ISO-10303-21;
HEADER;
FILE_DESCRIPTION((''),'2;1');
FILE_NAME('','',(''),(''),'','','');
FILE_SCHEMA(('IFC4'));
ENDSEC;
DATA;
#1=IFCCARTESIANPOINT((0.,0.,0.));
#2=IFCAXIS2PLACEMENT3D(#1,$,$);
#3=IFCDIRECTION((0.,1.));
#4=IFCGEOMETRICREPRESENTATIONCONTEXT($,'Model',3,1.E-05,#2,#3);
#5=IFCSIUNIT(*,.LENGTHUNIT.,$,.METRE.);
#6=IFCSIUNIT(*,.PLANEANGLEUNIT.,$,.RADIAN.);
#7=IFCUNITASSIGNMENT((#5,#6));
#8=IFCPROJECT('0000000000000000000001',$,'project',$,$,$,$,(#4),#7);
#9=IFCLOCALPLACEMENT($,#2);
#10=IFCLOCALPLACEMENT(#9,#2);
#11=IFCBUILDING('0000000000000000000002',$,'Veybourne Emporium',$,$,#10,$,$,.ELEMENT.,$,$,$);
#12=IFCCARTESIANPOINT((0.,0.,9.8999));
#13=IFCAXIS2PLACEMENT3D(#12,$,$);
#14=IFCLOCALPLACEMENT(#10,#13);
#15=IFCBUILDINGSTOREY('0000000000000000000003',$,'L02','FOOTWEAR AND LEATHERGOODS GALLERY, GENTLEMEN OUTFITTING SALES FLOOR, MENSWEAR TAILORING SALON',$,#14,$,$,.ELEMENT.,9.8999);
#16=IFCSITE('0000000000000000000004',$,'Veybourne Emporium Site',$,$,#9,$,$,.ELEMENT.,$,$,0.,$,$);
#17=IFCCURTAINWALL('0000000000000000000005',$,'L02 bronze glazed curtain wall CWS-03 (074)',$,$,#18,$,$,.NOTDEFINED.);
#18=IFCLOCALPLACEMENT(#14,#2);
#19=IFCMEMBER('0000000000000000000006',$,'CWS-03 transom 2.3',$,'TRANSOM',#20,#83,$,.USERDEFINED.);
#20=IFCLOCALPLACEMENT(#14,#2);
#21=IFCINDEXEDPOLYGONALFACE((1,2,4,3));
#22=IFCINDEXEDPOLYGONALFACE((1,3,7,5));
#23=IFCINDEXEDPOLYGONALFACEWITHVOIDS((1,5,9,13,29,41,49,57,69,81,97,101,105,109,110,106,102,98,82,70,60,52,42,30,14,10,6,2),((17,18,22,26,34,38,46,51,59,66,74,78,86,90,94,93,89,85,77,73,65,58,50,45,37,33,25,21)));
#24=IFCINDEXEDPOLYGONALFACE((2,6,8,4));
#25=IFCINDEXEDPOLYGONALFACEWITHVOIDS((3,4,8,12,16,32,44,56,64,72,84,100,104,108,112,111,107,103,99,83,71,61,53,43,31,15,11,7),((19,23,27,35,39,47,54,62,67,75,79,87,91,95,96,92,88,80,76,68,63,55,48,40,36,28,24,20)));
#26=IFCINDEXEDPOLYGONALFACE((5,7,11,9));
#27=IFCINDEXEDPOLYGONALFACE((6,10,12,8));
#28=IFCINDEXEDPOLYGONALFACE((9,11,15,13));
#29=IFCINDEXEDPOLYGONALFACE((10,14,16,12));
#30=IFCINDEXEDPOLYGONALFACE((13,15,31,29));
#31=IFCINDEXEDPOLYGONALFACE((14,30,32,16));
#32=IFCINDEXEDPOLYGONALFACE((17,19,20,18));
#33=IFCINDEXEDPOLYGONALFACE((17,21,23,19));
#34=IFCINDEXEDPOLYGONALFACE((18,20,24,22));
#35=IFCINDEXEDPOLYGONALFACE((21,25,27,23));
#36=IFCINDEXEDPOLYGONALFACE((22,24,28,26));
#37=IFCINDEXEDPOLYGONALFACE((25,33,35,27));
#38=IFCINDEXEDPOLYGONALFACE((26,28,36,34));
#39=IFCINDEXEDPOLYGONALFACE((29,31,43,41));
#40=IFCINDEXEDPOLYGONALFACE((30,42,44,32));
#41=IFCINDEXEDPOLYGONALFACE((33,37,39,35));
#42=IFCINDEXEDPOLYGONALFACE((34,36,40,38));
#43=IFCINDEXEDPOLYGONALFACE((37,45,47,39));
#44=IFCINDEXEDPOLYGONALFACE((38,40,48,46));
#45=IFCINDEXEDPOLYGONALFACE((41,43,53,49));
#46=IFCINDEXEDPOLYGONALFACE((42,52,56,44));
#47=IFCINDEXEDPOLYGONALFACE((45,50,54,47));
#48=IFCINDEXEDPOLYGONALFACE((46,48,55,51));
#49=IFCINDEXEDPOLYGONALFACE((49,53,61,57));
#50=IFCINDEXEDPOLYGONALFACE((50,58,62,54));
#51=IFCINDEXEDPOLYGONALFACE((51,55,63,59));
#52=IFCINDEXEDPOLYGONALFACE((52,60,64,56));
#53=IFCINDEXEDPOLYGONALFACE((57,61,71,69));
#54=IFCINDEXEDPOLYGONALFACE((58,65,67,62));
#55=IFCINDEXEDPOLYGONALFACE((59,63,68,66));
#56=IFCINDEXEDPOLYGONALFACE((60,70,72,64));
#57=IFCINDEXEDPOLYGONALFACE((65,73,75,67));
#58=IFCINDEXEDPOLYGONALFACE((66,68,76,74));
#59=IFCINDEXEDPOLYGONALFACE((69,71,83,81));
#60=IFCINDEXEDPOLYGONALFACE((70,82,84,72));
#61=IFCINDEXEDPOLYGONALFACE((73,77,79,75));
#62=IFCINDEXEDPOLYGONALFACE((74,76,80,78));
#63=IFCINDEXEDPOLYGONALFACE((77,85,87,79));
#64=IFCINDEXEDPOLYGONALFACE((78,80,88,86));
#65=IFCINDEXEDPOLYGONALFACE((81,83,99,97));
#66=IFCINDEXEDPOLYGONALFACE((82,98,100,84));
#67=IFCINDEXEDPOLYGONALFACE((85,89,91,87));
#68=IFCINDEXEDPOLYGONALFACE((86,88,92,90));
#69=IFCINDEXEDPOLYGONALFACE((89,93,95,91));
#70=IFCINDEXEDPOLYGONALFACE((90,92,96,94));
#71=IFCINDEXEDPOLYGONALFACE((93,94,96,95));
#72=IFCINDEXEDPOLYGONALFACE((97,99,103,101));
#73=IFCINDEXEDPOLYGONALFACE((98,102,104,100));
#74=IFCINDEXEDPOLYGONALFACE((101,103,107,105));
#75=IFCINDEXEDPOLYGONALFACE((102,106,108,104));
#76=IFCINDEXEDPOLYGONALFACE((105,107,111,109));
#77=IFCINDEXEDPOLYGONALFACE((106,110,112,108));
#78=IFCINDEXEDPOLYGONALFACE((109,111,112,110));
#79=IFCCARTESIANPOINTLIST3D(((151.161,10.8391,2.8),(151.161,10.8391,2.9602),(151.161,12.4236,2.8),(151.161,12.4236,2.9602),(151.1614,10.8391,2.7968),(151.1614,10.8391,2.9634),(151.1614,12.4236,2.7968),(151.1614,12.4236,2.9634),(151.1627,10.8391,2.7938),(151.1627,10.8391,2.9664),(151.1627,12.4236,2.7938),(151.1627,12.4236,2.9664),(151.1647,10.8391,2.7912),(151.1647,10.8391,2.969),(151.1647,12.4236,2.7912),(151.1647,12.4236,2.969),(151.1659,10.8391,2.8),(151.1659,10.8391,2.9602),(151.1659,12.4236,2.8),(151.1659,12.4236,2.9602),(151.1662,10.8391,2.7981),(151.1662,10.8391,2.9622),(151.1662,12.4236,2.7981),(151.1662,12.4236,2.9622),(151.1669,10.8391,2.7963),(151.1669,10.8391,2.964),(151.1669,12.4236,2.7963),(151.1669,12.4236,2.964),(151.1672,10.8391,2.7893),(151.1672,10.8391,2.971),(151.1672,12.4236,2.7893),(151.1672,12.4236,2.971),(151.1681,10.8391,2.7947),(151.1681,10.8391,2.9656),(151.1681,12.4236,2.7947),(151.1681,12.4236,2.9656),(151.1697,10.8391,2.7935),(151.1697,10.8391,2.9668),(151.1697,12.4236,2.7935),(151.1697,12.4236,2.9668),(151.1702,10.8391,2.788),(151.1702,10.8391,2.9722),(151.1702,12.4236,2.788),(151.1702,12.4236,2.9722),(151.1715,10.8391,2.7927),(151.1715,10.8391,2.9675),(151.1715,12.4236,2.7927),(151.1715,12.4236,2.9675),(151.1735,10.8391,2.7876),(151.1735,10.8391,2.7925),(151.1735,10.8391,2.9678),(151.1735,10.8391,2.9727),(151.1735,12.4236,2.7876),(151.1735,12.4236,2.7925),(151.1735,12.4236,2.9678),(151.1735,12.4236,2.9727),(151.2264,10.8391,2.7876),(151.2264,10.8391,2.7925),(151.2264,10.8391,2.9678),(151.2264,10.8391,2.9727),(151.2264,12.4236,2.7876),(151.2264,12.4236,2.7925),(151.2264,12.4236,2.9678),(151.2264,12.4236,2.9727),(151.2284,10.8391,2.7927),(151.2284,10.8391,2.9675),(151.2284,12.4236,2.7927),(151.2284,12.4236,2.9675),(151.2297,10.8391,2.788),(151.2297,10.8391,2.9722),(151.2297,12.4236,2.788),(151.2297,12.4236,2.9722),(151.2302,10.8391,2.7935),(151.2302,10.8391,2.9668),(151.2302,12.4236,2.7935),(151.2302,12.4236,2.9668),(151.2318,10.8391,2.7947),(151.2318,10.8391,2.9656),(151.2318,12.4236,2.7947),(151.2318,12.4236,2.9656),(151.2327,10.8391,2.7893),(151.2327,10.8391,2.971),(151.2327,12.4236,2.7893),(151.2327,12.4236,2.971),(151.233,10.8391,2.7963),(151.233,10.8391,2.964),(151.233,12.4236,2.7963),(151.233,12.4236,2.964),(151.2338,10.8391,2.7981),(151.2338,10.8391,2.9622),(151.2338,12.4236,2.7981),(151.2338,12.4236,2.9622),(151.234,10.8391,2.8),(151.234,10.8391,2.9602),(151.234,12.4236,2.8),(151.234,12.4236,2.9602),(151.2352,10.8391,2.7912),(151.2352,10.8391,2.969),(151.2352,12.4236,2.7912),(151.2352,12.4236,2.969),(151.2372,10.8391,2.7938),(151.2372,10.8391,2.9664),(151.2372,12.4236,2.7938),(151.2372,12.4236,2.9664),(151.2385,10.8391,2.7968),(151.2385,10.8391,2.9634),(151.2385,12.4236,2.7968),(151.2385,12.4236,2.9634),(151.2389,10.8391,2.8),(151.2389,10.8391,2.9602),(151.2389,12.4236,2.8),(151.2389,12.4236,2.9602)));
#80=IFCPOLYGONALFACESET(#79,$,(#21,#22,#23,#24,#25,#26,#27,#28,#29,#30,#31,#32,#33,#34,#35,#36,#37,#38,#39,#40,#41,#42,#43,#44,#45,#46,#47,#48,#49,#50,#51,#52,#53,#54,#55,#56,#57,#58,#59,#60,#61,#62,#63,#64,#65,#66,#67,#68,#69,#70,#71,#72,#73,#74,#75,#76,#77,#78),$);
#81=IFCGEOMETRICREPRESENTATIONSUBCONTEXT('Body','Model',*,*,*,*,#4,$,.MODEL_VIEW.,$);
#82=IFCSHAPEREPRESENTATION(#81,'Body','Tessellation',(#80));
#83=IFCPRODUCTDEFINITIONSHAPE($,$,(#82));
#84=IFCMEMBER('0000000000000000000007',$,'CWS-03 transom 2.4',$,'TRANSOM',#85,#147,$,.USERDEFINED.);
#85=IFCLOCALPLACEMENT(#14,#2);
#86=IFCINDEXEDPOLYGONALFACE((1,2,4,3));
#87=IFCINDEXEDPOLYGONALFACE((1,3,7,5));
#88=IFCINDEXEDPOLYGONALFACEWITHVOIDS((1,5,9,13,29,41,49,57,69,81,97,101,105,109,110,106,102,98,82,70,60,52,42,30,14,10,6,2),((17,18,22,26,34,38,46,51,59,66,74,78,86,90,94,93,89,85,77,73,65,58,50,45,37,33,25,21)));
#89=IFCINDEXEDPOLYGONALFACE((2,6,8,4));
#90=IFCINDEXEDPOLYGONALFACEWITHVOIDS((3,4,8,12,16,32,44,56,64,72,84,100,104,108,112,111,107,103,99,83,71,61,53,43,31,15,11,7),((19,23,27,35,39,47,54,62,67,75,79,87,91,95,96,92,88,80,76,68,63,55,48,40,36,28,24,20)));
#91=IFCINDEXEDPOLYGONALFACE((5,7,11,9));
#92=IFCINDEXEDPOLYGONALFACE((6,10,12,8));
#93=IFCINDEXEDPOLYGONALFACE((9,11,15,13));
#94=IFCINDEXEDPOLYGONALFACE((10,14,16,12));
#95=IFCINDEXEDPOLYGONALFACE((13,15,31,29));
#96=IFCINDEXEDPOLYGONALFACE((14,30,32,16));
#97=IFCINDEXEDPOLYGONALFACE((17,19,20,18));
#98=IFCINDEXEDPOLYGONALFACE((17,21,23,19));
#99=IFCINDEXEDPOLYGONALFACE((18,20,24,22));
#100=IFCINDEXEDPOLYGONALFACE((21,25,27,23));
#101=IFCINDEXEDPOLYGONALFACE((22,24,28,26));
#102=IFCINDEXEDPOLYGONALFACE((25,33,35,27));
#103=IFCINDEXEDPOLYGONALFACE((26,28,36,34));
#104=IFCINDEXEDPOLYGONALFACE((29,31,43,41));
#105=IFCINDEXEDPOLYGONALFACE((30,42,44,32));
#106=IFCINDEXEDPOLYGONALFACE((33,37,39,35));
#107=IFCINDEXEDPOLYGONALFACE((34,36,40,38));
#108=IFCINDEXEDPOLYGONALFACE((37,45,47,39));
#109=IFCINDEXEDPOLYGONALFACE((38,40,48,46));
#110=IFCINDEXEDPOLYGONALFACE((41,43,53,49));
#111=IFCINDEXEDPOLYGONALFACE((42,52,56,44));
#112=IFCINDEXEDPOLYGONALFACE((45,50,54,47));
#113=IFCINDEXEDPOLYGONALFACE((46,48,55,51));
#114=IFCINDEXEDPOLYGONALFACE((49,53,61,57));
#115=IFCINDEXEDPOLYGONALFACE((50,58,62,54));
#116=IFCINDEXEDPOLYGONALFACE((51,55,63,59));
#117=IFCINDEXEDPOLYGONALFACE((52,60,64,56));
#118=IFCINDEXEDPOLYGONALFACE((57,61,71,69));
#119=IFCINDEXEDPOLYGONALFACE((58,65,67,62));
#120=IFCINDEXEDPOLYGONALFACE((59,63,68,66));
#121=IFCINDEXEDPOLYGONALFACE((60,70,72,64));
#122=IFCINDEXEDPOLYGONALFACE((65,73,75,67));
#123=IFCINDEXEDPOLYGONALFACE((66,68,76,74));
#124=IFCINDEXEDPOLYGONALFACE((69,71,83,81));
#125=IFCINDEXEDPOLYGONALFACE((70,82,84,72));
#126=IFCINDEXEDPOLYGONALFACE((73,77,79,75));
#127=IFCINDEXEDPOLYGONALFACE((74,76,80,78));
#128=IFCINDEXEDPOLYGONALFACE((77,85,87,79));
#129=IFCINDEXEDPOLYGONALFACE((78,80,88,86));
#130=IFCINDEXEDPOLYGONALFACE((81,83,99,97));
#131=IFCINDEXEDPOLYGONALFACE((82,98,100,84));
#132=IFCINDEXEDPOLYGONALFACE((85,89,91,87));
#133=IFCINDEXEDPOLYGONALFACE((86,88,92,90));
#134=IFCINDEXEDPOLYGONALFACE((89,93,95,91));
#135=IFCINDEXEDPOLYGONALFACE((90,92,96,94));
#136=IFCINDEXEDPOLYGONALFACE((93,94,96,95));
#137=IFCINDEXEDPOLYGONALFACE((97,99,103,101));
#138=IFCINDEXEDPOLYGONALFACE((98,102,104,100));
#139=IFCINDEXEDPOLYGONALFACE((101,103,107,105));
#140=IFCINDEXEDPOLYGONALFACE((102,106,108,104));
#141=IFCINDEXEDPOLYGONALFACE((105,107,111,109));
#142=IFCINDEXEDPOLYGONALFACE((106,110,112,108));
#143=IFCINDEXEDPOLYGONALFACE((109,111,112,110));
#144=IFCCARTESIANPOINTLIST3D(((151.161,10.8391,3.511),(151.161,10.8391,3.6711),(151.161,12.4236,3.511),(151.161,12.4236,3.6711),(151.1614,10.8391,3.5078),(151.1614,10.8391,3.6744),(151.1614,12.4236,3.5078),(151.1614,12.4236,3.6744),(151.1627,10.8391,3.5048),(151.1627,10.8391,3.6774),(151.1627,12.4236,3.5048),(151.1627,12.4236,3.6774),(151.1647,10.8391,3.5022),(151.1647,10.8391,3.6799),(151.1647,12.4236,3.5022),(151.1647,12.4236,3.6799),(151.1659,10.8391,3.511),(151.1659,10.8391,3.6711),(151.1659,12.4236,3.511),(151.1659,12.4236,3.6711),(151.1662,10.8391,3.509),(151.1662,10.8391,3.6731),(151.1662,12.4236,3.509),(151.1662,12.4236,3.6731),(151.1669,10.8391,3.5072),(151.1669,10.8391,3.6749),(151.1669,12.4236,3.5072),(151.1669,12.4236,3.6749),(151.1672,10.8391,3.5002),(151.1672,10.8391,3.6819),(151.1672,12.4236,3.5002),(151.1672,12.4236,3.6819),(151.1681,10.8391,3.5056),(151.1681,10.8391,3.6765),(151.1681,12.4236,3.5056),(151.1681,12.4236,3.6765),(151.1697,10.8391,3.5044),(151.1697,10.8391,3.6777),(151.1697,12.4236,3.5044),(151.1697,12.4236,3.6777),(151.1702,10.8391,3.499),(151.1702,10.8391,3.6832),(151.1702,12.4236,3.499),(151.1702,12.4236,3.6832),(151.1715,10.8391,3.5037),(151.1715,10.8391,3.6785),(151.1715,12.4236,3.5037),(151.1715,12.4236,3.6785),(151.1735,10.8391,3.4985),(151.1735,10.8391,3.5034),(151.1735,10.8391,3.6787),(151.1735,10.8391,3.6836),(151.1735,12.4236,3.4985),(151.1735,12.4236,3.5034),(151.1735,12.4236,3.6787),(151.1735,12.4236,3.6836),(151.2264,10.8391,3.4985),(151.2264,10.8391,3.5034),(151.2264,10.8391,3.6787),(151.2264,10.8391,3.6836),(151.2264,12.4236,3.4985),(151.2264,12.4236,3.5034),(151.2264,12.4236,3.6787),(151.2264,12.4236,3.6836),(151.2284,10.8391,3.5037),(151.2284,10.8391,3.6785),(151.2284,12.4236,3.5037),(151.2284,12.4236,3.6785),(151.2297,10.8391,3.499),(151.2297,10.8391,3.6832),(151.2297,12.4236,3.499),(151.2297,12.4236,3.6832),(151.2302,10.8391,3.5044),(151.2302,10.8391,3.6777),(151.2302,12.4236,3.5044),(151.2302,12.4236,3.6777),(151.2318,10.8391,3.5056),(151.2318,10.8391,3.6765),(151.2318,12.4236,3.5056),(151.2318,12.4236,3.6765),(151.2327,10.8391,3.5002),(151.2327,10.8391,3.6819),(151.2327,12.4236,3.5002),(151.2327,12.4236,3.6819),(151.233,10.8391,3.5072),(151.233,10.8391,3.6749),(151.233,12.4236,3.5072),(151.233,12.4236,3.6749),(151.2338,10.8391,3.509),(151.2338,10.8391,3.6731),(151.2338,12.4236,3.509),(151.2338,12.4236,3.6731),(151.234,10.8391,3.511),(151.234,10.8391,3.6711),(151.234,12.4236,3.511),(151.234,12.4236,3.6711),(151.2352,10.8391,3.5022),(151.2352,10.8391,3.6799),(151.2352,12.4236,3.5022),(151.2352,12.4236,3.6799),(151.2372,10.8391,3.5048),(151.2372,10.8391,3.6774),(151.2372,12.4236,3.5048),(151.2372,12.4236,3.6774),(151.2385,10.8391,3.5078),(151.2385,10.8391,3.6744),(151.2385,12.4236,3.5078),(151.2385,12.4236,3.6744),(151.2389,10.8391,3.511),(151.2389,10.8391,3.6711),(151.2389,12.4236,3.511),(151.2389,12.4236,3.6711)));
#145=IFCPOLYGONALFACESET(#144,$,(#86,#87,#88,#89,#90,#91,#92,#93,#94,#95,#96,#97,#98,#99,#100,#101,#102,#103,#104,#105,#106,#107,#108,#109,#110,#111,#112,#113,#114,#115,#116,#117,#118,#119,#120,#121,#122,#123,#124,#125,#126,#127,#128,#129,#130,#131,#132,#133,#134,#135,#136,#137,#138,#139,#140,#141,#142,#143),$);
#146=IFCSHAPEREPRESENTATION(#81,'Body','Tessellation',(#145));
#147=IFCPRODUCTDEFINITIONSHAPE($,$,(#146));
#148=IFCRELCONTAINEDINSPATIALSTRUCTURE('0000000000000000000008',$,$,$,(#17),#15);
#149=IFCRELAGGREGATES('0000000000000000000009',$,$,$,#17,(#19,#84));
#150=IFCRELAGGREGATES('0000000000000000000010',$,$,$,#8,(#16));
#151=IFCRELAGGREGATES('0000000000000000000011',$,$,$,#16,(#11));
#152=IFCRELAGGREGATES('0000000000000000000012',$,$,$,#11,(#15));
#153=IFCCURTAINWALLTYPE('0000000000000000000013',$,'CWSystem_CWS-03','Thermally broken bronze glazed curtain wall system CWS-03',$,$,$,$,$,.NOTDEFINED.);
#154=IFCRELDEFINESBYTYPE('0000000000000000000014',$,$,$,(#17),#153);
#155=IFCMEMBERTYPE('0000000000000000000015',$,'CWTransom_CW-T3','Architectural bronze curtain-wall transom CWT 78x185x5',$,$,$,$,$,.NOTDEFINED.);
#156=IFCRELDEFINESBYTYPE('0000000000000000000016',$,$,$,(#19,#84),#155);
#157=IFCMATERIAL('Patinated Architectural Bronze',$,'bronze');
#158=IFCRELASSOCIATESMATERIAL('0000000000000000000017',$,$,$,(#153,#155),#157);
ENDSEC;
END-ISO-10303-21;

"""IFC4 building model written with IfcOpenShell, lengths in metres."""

from ifc_helpers import new_model, si_unit, direction, frame, origin, origin_2d, place, context, subcontext, project, spatial, hollow_rectangle, extrude, material, material_profile, profile_set, type_object, element, aggregate, save


model = new_model("IFC4")

# Units and contexts
model_context = context("Model", 3, precision=1e-05, world=origin(), true_north=direction((0.0, 1.0)))
body_context = subcontext(model_context, "Body", "Model", "MODEL_VIEW")
ifc_project = project(units=[si_unit("LENGTHUNIT", "METRE"), si_unit("PLANEANGLEUNIT", "RADIAN")], contexts=[model_context])

# Site, building, storey
site_placement = place(None, origin())
site = spatial("IfcSite", under=ifc_project, at=site_placement, Name="Veybourne Emporium Site", CompositionType="ELEMENT", RefElevation=0.0)
building_placement = place(site_placement, origin())
building = spatial("IfcBuilding", under=site, at=building_placement, Name="Veybourne Emporium", CompositionType="ELEMENT")
storey_placement = place(building_placement, frame((0.0, 0.0, 9.8999)))
storey = spatial("IfcBuildingStorey", under=building, at=storey_placement, Name="L02", Description="FOOTWEAR AND LEATHERGOODS GALLERY, GENTLEMEN OUTFITTING SALES FLOOR, MENSWEAR TAILORING SALON", CompositionType="ELEMENT", Elevation=9.8999)

# Curtain wall
ifc_material_1 = material(Name="Patinated Architectural Bronze", Category="bronze")
curtain_wall_type_1 = type_object("IfcCurtainWallType", Name="CWSystem_CWS-03", Description="Thermally broken bronze glazed curtain wall system CWS-03", PredefinedType="NOTDEFINED", material=ifc_material_1)
curtain_wall_1_placement = place(storey_placement, origin())
curtain_wall_1 = element("IfcCurtainWall", 1, at=curtain_wall_1_placement, inside=storey, type_object=curtain_wall_type_1, Name="L02 bronze glazed curtain wall CWS-03 (074)", PredefinedType="NOTDEFINED")

# Members
ifc_material_profile_1 = material_profile(ifc_material_1, hollow_rectangle(XDim=0.0779, YDim=0.1851, WallThickness=0.0049, InnerFilletRadius=0.0076, OuterFilletRadius=0.0125, at=origin_2d()), Name="CWT 78x185x5")
ifc_profile_set_1 = profile_set([ifc_material_profile_1], Name="Patinated Architectural Bronze")
member_type_1 = type_object("IfcMemberType", Name="CWTransom_CW-T3", Description="Architectural bronze curtain-wall transom CWT 78x185x5", PredefinedType="NOTDEFINED", material=ifc_profile_set_1)
member_1_placement = place(storey_placement, frame((151.2, 12.4236, 2.8801), z_axis=(0.0, -1.0, 0.0), x_axis=(1.0, 0.0, 0.0)))
member_1 = element("IfcMember", 2, at=member_1_placement, type_object=member_type_1, Name="CWS-03 transom 2.3", ObjectType="TRANSOM", PredefinedType="USERDEFINED", context=body_context, shape_type="SweptSolid", body=[
    extrude(hollow_rectangle(XDim=0.0779, YDim=0.1851, WallThickness=0.0049, InnerFilletRadius=0.0076, OuterFilletRadius=0.0125, at=origin_2d()), origin(), (0.0, 0.0, 1.0), 1.5845),
])
member_2_placement = place(storey_placement, frame((151.2, 12.4236, 3.5911), z_axis=(0.0, -1.0, 0.0), x_axis=(1.0, 0.0, 0.0)))
member_2 = element("IfcMember", 3, at=member_2_placement, type_object=member_type_1, Name="CWS-03 transom 2.4", ObjectType="TRANSOM", PredefinedType="USERDEFINED", context=body_context, shape_type="SweptSolid", body=[
    extrude(hollow_rectangle(XDim=0.0779, YDim=0.1851, WallThickness=0.0049, InnerFilletRadius=0.0076, OuterFilletRadius=0.0125, at=origin_2d()), origin(), (0.0, 0.0, 1.0), 1.5845),
])

aggregate(curtain_wall_1, [member_1, member_2])

save(model, "model.ifc")
